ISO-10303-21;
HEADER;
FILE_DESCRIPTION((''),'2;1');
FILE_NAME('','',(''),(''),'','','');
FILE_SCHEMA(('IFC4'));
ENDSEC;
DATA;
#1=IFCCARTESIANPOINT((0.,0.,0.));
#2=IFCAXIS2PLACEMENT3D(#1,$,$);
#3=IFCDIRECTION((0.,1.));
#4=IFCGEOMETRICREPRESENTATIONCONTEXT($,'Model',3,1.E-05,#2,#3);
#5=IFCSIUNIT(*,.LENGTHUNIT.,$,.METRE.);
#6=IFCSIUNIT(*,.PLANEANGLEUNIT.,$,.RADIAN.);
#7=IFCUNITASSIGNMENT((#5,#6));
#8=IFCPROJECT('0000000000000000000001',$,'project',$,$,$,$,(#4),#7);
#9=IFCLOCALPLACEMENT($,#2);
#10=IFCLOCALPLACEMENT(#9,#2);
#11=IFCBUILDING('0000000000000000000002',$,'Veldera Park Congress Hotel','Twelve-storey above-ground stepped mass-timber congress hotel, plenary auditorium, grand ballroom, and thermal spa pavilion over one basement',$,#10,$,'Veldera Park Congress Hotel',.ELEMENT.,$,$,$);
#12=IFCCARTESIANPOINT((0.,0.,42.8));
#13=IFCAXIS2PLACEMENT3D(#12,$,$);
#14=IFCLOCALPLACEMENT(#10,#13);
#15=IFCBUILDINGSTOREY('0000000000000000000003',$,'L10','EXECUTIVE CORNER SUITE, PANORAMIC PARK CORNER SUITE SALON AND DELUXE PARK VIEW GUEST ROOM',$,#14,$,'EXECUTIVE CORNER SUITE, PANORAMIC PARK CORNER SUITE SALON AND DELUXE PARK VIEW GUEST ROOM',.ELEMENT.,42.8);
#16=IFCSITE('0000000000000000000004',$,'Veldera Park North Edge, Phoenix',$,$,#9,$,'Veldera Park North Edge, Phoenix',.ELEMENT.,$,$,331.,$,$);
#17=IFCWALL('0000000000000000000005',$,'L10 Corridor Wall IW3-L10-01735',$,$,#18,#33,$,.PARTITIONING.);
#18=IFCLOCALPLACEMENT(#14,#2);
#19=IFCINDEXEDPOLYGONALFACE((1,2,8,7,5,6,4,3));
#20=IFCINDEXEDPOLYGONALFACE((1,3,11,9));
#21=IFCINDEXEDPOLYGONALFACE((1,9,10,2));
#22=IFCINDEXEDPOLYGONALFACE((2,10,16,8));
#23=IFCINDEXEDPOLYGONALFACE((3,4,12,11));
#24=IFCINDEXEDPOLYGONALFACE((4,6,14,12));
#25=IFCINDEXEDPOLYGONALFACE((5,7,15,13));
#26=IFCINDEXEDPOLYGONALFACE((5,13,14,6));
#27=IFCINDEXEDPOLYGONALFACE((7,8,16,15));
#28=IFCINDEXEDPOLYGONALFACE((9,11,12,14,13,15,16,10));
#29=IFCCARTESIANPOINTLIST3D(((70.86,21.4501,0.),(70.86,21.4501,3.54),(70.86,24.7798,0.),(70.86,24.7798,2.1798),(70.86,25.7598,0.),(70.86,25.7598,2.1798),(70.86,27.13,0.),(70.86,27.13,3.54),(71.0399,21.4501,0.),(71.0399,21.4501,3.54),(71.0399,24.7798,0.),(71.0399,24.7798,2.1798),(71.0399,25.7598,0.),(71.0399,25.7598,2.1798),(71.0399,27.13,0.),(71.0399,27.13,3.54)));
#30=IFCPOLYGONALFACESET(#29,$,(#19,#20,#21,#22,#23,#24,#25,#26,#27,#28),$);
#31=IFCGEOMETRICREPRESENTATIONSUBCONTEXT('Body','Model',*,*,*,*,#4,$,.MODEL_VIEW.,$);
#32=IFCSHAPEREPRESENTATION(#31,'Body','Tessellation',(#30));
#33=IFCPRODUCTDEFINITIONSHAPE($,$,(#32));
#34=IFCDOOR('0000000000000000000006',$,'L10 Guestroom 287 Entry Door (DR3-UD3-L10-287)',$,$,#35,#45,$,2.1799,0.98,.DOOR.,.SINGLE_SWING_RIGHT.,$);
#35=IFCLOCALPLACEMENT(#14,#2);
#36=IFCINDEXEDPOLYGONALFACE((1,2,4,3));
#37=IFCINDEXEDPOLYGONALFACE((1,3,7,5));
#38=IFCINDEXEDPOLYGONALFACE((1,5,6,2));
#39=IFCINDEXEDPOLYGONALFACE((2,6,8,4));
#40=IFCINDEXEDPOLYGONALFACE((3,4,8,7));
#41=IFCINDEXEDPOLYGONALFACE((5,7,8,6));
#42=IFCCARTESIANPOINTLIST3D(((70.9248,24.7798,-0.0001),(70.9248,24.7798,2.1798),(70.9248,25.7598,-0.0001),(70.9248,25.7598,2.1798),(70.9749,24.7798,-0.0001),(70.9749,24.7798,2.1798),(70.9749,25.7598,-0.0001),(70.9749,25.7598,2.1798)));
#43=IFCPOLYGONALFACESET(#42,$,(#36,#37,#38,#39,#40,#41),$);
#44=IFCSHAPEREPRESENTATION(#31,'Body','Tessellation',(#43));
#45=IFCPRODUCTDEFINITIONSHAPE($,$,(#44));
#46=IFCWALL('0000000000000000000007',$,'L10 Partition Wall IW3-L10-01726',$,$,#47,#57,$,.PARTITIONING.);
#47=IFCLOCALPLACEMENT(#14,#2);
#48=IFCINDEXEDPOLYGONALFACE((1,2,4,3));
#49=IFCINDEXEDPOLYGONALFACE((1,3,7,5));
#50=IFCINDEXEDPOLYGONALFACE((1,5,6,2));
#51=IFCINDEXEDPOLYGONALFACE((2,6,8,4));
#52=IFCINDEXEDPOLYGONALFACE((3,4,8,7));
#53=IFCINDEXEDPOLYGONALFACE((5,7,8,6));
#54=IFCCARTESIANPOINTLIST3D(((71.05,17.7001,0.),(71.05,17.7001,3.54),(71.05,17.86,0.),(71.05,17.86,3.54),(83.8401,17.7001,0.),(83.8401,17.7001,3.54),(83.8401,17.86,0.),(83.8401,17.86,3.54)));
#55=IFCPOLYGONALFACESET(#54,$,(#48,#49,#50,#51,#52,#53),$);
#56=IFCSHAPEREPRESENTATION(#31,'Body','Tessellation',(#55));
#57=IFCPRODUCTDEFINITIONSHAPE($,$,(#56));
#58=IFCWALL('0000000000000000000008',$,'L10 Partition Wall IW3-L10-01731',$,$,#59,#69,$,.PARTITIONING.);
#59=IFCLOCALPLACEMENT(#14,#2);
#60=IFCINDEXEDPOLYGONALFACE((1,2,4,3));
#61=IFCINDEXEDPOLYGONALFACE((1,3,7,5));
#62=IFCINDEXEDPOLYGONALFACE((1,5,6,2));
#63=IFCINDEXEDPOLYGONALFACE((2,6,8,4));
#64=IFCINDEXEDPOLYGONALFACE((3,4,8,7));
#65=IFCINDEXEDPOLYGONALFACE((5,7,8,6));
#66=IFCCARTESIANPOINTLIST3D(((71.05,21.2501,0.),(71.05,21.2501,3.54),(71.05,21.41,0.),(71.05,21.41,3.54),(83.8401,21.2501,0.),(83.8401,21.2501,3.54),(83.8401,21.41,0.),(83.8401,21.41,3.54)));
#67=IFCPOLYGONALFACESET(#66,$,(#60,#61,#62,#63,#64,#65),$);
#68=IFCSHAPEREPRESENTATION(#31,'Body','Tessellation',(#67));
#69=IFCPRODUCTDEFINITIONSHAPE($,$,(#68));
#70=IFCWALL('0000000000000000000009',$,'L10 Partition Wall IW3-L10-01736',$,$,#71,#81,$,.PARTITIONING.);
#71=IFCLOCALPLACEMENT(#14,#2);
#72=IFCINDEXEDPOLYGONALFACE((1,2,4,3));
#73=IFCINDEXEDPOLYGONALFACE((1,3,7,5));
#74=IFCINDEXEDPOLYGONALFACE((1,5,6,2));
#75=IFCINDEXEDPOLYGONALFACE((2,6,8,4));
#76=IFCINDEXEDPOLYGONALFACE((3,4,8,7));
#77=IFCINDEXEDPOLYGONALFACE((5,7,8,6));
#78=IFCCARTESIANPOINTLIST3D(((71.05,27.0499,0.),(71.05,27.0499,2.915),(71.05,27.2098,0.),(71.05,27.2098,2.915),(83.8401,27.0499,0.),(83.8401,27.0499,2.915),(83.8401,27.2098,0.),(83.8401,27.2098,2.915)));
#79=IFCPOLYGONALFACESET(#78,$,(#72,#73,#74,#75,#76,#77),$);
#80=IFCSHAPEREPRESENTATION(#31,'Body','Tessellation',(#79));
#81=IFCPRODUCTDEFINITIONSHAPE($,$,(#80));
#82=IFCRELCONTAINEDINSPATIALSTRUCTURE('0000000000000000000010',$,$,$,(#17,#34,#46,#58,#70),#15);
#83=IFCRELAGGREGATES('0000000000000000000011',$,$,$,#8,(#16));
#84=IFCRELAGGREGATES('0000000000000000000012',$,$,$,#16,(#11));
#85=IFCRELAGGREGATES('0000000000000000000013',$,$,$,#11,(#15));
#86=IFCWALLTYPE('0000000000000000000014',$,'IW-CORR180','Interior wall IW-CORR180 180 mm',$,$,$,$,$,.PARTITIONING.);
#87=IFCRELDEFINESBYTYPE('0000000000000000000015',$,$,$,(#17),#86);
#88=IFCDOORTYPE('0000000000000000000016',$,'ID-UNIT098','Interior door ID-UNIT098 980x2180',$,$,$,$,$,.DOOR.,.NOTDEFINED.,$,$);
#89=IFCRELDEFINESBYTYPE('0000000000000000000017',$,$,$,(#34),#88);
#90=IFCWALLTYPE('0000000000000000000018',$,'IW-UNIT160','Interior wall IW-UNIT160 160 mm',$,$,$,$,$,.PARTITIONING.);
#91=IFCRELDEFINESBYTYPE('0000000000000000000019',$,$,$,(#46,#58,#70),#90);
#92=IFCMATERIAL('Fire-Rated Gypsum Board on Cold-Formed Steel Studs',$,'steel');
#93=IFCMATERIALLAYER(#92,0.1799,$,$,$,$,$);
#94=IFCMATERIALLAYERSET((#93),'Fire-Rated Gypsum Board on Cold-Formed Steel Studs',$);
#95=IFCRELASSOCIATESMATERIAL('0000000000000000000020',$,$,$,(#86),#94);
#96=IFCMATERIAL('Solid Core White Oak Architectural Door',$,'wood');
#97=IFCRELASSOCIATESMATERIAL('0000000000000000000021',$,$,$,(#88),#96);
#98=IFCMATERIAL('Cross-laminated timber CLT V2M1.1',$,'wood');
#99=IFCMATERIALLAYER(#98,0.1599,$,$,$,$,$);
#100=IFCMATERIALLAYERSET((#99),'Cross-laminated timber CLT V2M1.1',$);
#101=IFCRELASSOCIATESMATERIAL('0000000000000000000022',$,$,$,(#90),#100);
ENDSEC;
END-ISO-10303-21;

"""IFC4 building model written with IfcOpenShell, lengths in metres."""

from ifc_helpers import new_model, si_unit, direction, frame, frame_2d, origin, place, context, subcontext, project, spatial, rectangle, extrude, material, layer, layer_set, type_object, element, fill, save


model = new_model("IFC4")

# Units and contexts
model_context = context("Model", 3, precision=1e-05, world=origin(), true_north=direction((0.0, 1.0)))
body_context = subcontext(model_context, "Body", "Model", "MODEL_VIEW")
ifc_project = project(units=[si_unit("LENGTHUNIT", "METRE"), si_unit("PLANEANGLEUNIT", "RADIAN")], contexts=[model_context])

# Site, building, storey
site_placement = place(None, origin())
site = spatial("IfcSite", under=ifc_project, at=site_placement, Name="Veldera Park North Edge, Phoenix", LongName="Veldera Park North Edge, Phoenix", CompositionType="ELEMENT", RefElevation=331.0)
building_placement = place(site_placement, origin())
building = spatial("IfcBuilding", under=site, at=building_placement, Name="Veldera Park Congress Hotel", Description="Twelve-storey above-ground stepped mass-timber congress hotel, plenary auditorium, grand ballroom, and thermal spa pavilion over one basement", LongName="Veldera Park Congress Hotel", CompositionType="ELEMENT")
storey_placement = place(building_placement, frame((0.0, 0.0, 42.8)))
storey = spatial("IfcBuildingStorey", under=building, at=storey_placement, Name="L10", Description="EXECUTIVE CORNER SUITE, PANORAMIC PARK CORNER SUITE SALON AND DELUXE PARK VIEW GUEST ROOM", LongName="EXECUTIVE CORNER SUITE, PANORAMIC PARK CORNER SUITE SALON AND DELUXE PARK VIEW GUEST ROOM", CompositionType="ELEMENT", Elevation=42.8)

# Shared definitions
ifc_material_1 = material(Name="Cross-laminated timber CLT V2M1.1", Category="wood")

# Wall, opening, door
ifc_material_2 = material(Name="Fire-Rated Gypsum Board on Cold-Formed Steel Studs", Category="steel")
ifc_layer_1 = layer(ifc_material_2, 0.1799)
ifc_layer_set_1 = layer_set([ifc_layer_1], Name="Fire-Rated Gypsum Board on Cold-Formed Steel Studs")
wall_type_1 = type_object("IfcWallType", Name="IW-CORR180", Description="Interior wall IW-CORR180 180 mm", PredefinedType="PARTITIONING", material=ifc_layer_set_1)
ifc_material_3 = material(Name="Solid Core White Oak Architectural Door", Category="wood")
door_type = type_object("IfcDoorType", Name="ID-UNIT098", Description="Interior door ID-UNIT098 980x2180", OperationType="NOTDEFINED", PredefinedType="DOOR", material=ifc_material_3)
wall_1_placement = place(storey_placement, frame((70.95, 27.1299, 0.0), z_axis=(0.0, 0.0, 1.0), x_axis=(0.0, -1.0, 0.0)))
wall_1 = element("IfcWall", 1, at=wall_1_placement, inside=storey, type_object=wall_type_1, Name="L10 Corridor Wall IW3-L10-01735", PredefinedType="PARTITIONING", context=body_context, shape_type="SweptSolid", body=[
    extrude(rectangle(XDim=5.6799, YDim=0.1799, at=frame_2d((2.8398, 0.0))), origin(), (0.0, 0.0, 1.0), 3.54),
])
opening_1_placement = place(wall_1_placement, frame((1.3701, 0.0, 0.0)))
opening_1 = element("IfcOpeningElement", 2, at=opening_1_placement, cuts=wall_1, PredefinedType="OPENING", context=body_context, shape_type="SweptSolid", body=[
    extrude(rectangle(XDim=0.98, YDim=2.1799, at=frame_2d((0.49, 1.0898))), frame((0.0, 0.1021, 0.0), z_axis=(0.0, -1.0, 0.0), x_axis=(1.0, 0.0, 0.0)), (0.0, 0.0, 1.0), 0.2039),
])
door_1_placement = place(opening_1_placement, origin())
door_1 = element("IfcDoor", 3, at=door_1_placement, inside=storey, type_object=door_type, Name="L10 Guestroom 287 Entry Door (DR3-UD3-L10-287)", OperationType="SINGLE_SWING_RIGHT", OverallHeight=2.1799, OverallWidth=0.98, PredefinedType="DOOR", context=body_context, shape_type="SweptSolid", body=[
    extrude(rectangle(XDim=0.98, YDim=2.1799, at=frame_2d((0.49, 1.0898))), frame((0.0, 0.0249, 0.0), z_axis=(0.0, -1.0, 0.0), x_axis=(1.0, 0.0, 0.0)), (0.0, 0.0, 1.0), 0.05),
])
fill(opening_1, door_1)

# Walls
ifc_layer_2 = layer(ifc_material_1, 0.1599)
ifc_layer_set_2 = layer_set([ifc_layer_2], Name="Cross-laminated timber CLT V2M1.1")
wall_type_2 = type_object("IfcWallType", Name="IW-UNIT160", Description="Interior wall IW-UNIT160 160 mm", PredefinedType="PARTITIONING", material=ifc_layer_set_2)
for number, where, z_axis, x_axis, name in (
    (4, (71.05, 17.78, 0.0), (0.0, 0.0, 1.0), (1.0, 0.0, 0.0), "L10 Partition Wall IW3-L10-01726"),
    (5, (71.05, 21.3301, 0.0), (0.0, 0.0, 1.0), (1.0, 0.0, 0.0), "L10 Partition Wall IW3-L10-01731"),
):
    element("IfcWall", number, at=place(storey_placement, frame(where, z_axis=z_axis, x_axis=x_axis)), inside=storey, type_object=wall_type_2, Name=name, PredefinedType="PARTITIONING", context=body_context, shape_type="SweptSolid", body=[
        extrude(rectangle(XDim=12.79, YDim=0.1599, at=frame_2d((6.395, 0.0))), origin(), (0.0, 0.0, 1.0), 3.54),
    ])
wall_2_placement = place(storey_placement, frame((71.05, 27.1299, 0.0), z_axis=(0.0, 0.0, 1.0), x_axis=(1.0, 0.0, 0.0)))
element("IfcWall", 6, at=wall_2_placement, inside=storey, type_object=wall_type_2, Name="L10 Partition Wall IW3-L10-01736", PredefinedType="PARTITIONING", context=body_context, shape_type="SweptSolid", body=[
    extrude(rectangle(XDim=12.79, YDim=0.1599, at=frame_2d((6.395, 0.0))), origin(), (0.0, 0.0, 1.0), 2.915),
])

save(model, "model.ifc")
